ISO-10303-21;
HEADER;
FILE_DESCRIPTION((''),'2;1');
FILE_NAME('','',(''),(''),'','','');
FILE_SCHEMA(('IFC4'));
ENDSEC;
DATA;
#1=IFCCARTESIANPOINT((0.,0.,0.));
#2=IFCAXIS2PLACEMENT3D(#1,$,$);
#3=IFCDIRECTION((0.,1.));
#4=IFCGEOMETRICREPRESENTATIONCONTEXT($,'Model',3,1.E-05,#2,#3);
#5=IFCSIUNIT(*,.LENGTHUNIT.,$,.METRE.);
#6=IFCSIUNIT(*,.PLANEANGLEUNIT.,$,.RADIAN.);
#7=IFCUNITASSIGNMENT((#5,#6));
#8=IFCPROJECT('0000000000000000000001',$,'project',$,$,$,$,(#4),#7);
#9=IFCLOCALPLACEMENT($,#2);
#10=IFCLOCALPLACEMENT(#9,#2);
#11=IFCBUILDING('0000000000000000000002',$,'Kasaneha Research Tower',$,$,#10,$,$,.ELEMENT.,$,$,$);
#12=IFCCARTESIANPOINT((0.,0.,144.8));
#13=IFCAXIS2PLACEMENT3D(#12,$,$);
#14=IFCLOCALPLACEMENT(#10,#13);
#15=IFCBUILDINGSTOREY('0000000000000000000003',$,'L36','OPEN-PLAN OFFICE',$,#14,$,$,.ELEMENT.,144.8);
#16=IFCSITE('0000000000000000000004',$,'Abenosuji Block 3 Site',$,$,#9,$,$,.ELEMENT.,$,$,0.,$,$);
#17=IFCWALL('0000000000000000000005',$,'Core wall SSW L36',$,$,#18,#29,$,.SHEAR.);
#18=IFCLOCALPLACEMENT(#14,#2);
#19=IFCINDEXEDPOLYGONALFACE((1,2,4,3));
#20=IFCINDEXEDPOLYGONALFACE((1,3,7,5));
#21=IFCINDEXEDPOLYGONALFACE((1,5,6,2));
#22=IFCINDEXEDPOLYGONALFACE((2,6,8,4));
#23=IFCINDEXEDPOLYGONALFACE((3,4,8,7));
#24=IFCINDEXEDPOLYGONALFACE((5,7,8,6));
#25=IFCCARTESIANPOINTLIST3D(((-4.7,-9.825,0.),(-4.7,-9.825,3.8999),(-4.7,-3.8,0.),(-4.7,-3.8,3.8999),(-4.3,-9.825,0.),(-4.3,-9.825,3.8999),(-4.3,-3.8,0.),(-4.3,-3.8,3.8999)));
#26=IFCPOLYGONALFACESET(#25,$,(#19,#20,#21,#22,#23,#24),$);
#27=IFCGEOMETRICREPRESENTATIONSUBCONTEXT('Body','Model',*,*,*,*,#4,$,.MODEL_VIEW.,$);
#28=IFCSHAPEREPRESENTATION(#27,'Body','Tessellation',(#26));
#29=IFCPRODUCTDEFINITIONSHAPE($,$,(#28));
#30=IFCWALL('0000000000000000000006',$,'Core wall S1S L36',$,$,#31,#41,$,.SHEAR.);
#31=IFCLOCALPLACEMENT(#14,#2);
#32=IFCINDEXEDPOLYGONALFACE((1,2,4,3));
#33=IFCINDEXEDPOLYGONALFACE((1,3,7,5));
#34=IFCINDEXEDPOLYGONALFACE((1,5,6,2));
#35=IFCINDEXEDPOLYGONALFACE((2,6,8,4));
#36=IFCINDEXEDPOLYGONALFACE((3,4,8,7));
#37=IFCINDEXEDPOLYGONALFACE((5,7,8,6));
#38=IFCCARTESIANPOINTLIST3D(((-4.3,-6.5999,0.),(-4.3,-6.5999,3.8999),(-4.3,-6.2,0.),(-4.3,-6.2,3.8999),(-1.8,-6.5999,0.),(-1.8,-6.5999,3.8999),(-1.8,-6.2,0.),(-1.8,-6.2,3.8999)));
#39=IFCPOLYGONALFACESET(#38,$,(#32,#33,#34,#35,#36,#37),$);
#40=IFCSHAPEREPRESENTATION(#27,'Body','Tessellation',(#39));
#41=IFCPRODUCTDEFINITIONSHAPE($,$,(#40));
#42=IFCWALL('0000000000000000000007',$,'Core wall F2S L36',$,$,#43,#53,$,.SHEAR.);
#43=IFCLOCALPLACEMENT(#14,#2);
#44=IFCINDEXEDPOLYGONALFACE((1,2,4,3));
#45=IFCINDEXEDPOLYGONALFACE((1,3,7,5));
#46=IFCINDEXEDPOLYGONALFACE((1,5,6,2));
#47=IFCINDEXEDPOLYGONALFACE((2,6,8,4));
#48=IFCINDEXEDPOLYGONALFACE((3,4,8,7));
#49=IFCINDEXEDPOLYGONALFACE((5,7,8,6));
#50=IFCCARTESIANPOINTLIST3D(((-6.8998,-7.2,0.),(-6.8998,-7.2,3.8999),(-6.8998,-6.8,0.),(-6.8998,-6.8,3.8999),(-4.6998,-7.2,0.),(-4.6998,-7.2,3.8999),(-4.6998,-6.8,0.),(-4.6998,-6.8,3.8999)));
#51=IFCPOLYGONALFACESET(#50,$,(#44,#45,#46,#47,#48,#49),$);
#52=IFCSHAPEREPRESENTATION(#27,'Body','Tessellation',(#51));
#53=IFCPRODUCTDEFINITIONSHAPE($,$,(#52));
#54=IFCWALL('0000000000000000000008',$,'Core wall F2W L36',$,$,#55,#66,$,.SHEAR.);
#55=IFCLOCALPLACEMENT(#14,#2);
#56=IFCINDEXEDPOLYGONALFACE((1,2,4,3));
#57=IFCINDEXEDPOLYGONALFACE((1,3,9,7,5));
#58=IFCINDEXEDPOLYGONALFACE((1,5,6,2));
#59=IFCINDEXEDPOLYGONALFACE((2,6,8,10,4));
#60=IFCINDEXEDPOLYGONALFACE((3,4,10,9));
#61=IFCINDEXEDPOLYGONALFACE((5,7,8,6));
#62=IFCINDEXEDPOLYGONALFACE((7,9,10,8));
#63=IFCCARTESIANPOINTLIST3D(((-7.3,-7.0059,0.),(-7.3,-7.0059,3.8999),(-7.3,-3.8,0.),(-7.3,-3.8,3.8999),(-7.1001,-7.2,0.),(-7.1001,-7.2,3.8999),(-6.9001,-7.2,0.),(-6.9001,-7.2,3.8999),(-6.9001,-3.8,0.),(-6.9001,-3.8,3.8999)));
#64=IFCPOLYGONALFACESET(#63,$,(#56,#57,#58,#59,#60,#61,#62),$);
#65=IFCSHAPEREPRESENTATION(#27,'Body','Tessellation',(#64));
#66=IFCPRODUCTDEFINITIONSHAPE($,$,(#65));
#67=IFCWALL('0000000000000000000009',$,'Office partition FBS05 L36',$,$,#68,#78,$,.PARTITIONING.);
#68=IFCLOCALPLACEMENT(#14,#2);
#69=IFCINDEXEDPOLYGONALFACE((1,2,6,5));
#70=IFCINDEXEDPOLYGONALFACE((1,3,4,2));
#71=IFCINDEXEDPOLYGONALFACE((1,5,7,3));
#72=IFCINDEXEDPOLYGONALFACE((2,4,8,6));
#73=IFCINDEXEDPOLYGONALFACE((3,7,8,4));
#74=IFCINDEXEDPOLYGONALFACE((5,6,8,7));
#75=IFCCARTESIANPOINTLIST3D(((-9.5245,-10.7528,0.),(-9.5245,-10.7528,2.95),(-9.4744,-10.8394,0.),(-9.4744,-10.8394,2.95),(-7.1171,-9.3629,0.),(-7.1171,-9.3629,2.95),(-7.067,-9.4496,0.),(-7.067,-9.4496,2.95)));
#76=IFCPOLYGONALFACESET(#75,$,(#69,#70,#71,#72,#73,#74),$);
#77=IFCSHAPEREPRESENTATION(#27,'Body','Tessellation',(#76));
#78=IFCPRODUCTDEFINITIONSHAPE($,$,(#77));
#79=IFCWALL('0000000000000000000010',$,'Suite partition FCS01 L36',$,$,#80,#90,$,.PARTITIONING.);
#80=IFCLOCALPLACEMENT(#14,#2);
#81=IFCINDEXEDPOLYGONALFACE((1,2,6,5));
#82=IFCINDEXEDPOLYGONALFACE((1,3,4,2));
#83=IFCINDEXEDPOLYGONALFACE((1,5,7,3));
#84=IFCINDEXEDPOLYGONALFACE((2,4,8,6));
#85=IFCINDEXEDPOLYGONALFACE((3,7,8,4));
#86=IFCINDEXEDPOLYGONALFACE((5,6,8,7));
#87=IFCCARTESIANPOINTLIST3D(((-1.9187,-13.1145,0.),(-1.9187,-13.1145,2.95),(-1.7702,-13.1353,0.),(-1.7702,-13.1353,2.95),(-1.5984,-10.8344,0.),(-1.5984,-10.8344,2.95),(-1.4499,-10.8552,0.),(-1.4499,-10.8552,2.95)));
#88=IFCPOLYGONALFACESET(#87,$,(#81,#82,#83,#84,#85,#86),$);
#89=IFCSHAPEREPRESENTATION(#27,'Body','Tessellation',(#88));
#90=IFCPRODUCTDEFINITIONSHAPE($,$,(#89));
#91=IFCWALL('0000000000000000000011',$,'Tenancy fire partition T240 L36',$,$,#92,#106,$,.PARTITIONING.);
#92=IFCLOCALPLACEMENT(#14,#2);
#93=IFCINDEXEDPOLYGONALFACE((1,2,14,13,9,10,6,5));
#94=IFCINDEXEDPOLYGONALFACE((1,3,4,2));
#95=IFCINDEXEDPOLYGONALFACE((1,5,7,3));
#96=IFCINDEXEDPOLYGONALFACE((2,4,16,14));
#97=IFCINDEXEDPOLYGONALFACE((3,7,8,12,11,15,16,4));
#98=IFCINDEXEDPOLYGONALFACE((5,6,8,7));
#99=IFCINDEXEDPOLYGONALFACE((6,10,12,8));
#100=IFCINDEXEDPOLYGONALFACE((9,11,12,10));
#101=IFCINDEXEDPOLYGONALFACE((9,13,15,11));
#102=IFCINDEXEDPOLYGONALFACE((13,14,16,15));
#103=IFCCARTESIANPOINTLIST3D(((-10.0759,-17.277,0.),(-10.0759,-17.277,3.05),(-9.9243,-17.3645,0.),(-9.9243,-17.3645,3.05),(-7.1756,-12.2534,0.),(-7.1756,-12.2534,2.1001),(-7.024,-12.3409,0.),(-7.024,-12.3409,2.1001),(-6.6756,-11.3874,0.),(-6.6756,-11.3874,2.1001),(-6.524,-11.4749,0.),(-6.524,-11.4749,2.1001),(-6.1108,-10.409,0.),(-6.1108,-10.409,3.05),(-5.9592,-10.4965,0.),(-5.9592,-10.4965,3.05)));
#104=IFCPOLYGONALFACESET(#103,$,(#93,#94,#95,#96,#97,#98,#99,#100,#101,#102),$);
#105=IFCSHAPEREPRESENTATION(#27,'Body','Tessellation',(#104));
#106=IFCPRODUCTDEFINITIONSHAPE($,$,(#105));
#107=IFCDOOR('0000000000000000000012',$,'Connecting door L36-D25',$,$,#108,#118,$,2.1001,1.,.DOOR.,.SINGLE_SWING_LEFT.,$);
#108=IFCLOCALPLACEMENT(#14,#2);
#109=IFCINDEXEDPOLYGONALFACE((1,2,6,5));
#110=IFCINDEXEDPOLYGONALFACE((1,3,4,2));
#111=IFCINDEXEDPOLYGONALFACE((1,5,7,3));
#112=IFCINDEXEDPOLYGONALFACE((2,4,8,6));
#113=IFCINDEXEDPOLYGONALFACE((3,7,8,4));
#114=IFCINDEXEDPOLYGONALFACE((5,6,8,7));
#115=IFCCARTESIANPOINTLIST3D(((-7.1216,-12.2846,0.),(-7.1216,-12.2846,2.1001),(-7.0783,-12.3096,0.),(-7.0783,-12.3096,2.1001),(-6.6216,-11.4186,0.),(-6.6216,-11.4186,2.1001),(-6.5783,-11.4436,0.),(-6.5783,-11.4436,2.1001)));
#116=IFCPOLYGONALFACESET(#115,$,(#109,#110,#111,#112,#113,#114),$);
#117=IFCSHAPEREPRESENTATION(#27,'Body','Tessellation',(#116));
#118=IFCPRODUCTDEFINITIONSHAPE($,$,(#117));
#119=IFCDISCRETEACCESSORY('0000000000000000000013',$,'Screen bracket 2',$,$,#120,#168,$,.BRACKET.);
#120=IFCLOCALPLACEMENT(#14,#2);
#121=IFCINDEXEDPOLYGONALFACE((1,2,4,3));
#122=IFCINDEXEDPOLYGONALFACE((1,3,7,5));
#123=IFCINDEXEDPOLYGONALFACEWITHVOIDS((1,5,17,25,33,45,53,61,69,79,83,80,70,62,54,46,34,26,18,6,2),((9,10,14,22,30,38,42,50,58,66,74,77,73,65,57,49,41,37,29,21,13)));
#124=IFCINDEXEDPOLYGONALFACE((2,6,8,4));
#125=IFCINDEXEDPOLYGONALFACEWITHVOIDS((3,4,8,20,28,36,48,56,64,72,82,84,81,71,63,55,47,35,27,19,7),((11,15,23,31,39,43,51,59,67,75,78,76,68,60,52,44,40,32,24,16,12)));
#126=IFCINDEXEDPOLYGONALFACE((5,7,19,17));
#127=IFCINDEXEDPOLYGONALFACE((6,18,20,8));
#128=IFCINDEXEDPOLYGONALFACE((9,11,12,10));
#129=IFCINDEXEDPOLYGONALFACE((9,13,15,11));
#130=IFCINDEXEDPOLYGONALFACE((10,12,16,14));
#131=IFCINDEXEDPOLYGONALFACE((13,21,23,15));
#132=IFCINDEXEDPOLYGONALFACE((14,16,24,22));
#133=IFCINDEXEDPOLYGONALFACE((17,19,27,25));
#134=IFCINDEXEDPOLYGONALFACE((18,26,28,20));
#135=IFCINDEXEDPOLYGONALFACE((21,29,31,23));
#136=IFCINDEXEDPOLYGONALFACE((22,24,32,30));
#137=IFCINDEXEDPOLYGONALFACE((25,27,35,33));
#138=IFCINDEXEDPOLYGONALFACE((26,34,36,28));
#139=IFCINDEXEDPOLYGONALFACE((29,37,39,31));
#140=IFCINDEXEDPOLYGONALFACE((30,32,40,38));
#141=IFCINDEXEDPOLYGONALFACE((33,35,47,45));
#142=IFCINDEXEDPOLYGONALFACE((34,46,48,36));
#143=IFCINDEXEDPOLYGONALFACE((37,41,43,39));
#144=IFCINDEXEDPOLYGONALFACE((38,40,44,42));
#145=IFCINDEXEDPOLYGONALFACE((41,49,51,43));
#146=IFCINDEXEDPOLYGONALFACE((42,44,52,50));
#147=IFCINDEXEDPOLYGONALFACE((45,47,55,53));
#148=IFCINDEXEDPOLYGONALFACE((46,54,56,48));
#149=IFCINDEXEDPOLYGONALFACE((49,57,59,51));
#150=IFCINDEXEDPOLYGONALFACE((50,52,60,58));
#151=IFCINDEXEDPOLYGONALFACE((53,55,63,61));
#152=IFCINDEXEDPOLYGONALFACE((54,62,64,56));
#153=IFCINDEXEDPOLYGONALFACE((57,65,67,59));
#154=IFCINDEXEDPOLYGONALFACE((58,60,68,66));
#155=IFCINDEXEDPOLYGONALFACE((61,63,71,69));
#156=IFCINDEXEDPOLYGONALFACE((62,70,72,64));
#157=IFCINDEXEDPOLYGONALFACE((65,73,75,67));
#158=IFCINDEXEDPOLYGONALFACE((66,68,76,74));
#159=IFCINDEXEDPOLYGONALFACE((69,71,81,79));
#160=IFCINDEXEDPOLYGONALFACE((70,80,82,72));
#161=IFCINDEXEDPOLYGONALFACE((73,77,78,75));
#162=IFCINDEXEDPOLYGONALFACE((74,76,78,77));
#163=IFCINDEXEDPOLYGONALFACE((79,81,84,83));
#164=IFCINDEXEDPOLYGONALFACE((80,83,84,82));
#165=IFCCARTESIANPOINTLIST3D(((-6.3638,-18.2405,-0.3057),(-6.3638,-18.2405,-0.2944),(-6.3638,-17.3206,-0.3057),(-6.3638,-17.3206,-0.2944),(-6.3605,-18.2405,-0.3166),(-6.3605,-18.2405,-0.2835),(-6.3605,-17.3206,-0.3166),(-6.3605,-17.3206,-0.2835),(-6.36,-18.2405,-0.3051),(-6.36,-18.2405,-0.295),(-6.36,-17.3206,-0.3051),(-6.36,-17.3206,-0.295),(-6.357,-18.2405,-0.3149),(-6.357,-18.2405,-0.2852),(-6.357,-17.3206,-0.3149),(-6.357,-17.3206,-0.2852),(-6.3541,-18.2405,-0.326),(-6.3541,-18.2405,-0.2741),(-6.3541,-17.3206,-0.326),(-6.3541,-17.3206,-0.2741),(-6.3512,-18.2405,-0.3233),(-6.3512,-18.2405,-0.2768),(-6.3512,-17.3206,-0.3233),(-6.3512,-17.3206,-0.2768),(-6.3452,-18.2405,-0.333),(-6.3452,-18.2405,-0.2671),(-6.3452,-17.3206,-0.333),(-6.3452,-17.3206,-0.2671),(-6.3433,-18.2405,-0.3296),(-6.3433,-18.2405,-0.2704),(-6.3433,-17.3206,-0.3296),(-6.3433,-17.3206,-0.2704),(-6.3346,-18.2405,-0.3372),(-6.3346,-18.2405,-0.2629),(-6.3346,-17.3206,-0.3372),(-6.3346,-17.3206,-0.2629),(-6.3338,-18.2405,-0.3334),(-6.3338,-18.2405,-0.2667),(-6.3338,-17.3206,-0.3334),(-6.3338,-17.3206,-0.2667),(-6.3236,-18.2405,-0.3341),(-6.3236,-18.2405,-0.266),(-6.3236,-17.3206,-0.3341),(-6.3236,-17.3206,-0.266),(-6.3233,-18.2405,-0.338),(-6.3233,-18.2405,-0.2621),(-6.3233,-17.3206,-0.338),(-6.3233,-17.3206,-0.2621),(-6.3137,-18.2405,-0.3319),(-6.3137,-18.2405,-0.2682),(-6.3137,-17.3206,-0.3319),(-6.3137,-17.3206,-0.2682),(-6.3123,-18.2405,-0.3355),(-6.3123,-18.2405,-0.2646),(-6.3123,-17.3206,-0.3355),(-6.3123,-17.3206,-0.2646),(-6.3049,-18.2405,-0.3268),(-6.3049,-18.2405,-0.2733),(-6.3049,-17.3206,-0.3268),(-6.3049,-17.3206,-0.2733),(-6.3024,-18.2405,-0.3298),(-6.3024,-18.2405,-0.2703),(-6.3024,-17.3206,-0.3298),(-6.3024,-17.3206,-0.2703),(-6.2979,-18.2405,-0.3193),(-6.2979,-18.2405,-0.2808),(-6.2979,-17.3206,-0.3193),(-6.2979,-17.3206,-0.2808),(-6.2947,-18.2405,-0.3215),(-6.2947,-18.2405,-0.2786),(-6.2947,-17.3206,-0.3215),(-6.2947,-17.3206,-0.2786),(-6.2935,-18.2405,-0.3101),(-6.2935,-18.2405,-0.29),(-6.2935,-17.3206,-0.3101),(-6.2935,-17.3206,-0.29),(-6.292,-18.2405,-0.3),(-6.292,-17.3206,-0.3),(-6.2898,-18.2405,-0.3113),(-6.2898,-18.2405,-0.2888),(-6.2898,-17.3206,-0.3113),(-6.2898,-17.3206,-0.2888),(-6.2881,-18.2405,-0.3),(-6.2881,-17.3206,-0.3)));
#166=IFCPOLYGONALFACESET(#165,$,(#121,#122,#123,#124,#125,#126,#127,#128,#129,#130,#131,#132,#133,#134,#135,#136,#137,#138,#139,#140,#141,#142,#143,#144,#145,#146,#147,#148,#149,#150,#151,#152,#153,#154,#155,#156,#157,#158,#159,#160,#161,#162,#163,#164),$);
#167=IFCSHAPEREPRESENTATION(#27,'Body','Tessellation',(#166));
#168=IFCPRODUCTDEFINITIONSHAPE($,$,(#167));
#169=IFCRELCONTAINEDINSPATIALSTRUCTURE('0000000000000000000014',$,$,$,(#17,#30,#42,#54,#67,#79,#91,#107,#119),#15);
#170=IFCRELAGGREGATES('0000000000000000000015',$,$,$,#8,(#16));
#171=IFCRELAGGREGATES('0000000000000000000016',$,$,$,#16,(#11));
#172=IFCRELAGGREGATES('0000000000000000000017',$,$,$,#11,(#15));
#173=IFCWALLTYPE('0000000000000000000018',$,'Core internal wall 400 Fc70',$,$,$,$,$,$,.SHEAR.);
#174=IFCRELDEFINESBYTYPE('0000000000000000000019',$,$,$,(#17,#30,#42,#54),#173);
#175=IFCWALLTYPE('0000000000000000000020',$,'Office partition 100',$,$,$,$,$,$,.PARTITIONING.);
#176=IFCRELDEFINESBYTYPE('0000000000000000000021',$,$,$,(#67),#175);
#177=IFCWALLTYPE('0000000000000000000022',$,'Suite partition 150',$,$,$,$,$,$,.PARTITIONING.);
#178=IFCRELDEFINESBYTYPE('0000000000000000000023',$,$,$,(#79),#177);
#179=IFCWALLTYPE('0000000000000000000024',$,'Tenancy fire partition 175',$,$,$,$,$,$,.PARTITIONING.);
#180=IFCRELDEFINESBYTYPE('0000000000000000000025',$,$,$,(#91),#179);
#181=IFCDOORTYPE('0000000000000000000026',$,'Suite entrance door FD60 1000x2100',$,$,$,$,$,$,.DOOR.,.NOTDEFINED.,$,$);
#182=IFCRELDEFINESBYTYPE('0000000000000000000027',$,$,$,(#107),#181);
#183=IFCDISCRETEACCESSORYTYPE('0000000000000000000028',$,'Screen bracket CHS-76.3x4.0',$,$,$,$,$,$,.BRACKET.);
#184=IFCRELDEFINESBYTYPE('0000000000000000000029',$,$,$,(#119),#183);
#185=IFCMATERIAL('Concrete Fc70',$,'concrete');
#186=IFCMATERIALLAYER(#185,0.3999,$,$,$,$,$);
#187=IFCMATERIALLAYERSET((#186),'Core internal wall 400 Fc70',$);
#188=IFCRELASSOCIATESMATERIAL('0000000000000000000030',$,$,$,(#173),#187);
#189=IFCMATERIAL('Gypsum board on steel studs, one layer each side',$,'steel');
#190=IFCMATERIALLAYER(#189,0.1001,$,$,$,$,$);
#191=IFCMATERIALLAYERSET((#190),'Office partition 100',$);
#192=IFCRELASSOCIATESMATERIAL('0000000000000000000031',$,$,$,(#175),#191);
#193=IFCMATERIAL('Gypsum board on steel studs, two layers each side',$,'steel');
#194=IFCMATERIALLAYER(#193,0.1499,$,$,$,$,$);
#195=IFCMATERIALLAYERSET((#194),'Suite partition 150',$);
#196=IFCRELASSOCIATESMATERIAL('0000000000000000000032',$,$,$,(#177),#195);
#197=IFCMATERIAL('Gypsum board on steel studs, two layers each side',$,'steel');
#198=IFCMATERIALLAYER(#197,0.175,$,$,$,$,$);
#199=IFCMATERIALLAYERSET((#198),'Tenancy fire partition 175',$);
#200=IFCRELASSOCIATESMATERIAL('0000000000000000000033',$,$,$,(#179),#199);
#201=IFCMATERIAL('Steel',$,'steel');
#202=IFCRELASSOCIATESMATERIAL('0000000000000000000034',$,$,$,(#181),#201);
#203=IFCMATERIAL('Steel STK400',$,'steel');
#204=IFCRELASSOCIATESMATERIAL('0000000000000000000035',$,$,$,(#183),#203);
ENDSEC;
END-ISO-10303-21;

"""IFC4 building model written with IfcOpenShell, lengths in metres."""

from ifc_helpers import new_model, si_unit, direction, frame, frame_2d, origin, origin_2d, place, context, subcontext, project, spatial, polyline, rectangle, hollow_circle, outline, extrude, material, layer, layer_set, material_profile, profile_set, type_object, element, fill, save


model = new_model("IFC4")

# Units and contexts
model_context = context("Model", 3, precision=1e-05, world=origin(), true_north=direction((0.0, 1.0)))
body_context = subcontext(model_context, "Body", "Model", "MODEL_VIEW")
ifc_project = project(units=[si_unit("LENGTHUNIT", "METRE"), si_unit("PLANEANGLEUNIT", "RADIAN")], contexts=[model_context])

# Site, building, storey
site_placement = place(None, origin())
site = spatial("IfcSite", under=ifc_project, at=site_placement, Name="Abenosuji Block 3 Site", CompositionType="ELEMENT", RefElevation=0.0)
building_placement = place(site_placement, origin())
building = spatial("IfcBuilding", under=site, at=building_placement, Name="Kasaneha Research Tower", CompositionType="ELEMENT")
storey_placement = place(building_placement, frame((0.0, 0.0, 144.8)))
storey = spatial("IfcBuildingStorey", under=building, at=storey_placement, Name="L36", Description="OPEN-PLAN OFFICE", CompositionType="ELEMENT", Elevation=144.8)

# Shared definitions
ifc_material_1 = material(Name="Concrete Fc70", Category="concrete")
ifc_layer_1 = layer(ifc_material_1, 0.3999)
ifc_layer_set_1 = layer_set([ifc_layer_1], Name="Core internal wall 400 Fc70")
wall_type_1 = type_object("IfcWallType", Name="Core internal wall 400 Fc70", PredefinedType="SHEAR", material=ifc_layer_set_1)

# Walls
wall_1_placement = place(storey_placement, frame((-4.5, -3.8, 0.0), z_axis=(0.0, 0.0, 1.0), x_axis=(0.0, -1.0, 0.0)))
element("IfcWall", 1, at=wall_1_placement, inside=storey, type_object=wall_type_1, Name="Core wall SSW L36", PredefinedType="SHEAR", context=body_context, shape_type="SweptSolid", body=[
    extrude(rectangle(XDim=6.0249, YDim=0.3999, at=frame_2d((3.0125, 0.0))), origin(), (0.0, 0.0, 1.0), 3.8999),
])
wall_2_placement = place(storey_placement, frame((-4.3, -6.3999, 0.0), z_axis=(0.0, 0.0, 1.0), x_axis=(1.0, 0.0, 0.0)))
element("IfcWall", 2, at=wall_2_placement, inside=storey, type_object=wall_type_1, Name="Core wall S1S L36", PredefinedType="SHEAR", context=body_context, shape_type="SweptSolid", body=[
    extrude(rectangle(XDim=2.5, YDim=0.3999, at=frame_2d((1.25, 0.0))), origin(), (0.0, 0.0, 1.0), 3.8999),
])
wall_3_placement = place(storey_placement, frame((-6.8999, -7.0, 0.0), z_axis=(0.0, 0.0, 1.0), x_axis=(1.0, 0.0, 0.0)))
element("IfcWall", 3, at=wall_3_placement, inside=storey, type_object=wall_type_1, Name="Core wall F2S L36", PredefinedType="SHEAR", context=body_context, shape_type="SweptSolid", body=[
    extrude(rectangle(XDim=2.2, YDim=0.3999, at=frame_2d((1.1001, 0.0))), origin(), (0.0, 0.0, 1.0), 3.8999),
])
wall_4_placement = place(storey_placement, frame((-7.1001, -3.8, 0.0), z_axis=(0.0, 0.0, 1.0), x_axis=(0.0, -1.0, 0.0)))
element("IfcWall", 4, at=wall_4_placement, inside=storey, type_object=wall_type_1, Name="Core wall F2W L36", PredefinedType="SHEAR", context=body_context, shape_type="SweptSolid", body=[
    extrude(outline(polyline([(0.0, -0.2), (3.2058, -0.2), (3.3999, 0.0), (3.3999, 0.2), (0.0, 0.2), (0.0, -0.2)])), origin(), (0.0, 0.0, 1.0), 3.8999),
])

# Walls
ifc_material_2 = material(Name="Gypsum board on steel studs, one layer each side", Category="steel")
ifc_layer_2 = layer(ifc_material_2, 0.1001)
ifc_layer_set_2 = layer_set([ifc_layer_2], Name="Office partition 100")
wall_type_2 = type_object("IfcWallType", Name="Office partition 100", PredefinedType="PARTITIONING", material=ifc_layer_set_2)
wall_5_placement = place(storey_placement, frame((-7.092, -9.4062, 0.0), z_axis=(0.0, 0.0, 1.0), x_axis=(-0.866035, -0.499983, 0.0)))
element("IfcWall", 5, at=wall_5_placement, inside=storey, type_object=wall_type_2, Name="Office partition FBS05 L36", PredefinedType="PARTITIONING", context=body_context, shape_type="SweptSolid", body=[
    extrude(rectangle(XDim=2.7798, YDim=0.1001, at=frame_2d((1.3899, 0.0))), origin(), (0.0, 0.0, 1.0), 2.95),
])
ifc_material_3 = material(Name="Gypsum board on steel studs, two layers each side", Category="steel")
ifc_layer_3 = layer(ifc_material_3, 0.1499)
ifc_layer_set_3 = layer_set([ifc_layer_3], Name="Suite partition 150")
wall_type_3 = type_object("IfcWallType", Name="Suite partition 150", PredefinedType="PARTITIONING", material=ifc_layer_set_3)
wall_6_placement = place(storey_placement, frame((-1.8445, -13.125, 0.0), z_axis=(0.0, 0.0, 1.0), x_axis=(0.13912, 0.990276, 0.0)))
element("IfcWall", 6, at=wall_6_placement, inside=storey, type_object=wall_type_3, Name="Suite partition FCS01 L36", PredefinedType="PARTITIONING", context=body_context, shape_type="SweptSolid", body=[
    extrude(rectangle(XDim=2.3025, YDim=0.1499, at=frame_2d((1.1514, 0.0))), origin(), (0.0, 0.0, 1.0), 2.95),
])

# Wall, opening, door
ifc_material_4 = material(Name="Gypsum board on steel studs, two layers each side", Category="steel")
ifc_layer_4 = layer(ifc_material_4, 0.175)
ifc_layer_set_4 = layer_set([ifc_layer_4], Name="Tenancy fire partition 175")
wall_type_4 = type_object("IfcWallType", Name="Tenancy fire partition 175", PredefinedType="PARTITIONING", material=ifc_layer_set_4)
wall_7_placement = place(storey_placement, frame((-6.0349, -10.4526, 0.0), z_axis=(0.0, 0.0, 1.0), x_axis=(-0.49999, -0.866031, 0.0)))
wall_7 = element("IfcWall", 7, at=wall_7_placement, inside=storey, type_object=wall_type_4, Name="Tenancy fire partition T240 L36", PredefinedType="PARTITIONING", context=body_context, shape_type="SweptSolid", body=[
    extrude(rectangle(XDim=7.9304, YDim=0.175, at=frame_2d((3.9653, 0.0))), origin(), (0.0, 0.0, 1.0), 3.05),
])
opening_1_placement = place(wall_7_placement, frame((1.1299, 0.0, 0.0)))
opening_1 = element("IfcOpeningElement", 8, at=opening_1_placement, cuts=wall_7, PredefinedType="OPENING", context=body_context, shape_type="SweptSolid", body=[
    extrude(rectangle(XDim=1.0, YDim=2.1001, at=frame_2d((0.5, 1.05))), frame((0.0, 0.0977, 0.0), z_axis=(0.0, -1.0, 0.0), x_axis=(1.0, 0.0, 0.0)), (0.0, 0.0, 1.0), 0.1951),
])
ifc_material_5 = material(Name="Steel", Category="steel")
door_type_1 = type_object("IfcDoorType", Name="Suite entrance door FD60 1000x2100", OperationType="NOTDEFINED", PredefinedType="DOOR", material=ifc_material_5)
door_1_placement = place(opening_1_placement, origin())
door_1 = element("IfcDoor", 9, at=door_1_placement, inside=storey, type_object=door_type_1, Name="Connecting door L36-D25", OperationType="SINGLE_SWING_LEFT", OverallHeight=2.1001, OverallWidth=1.0, PredefinedType="DOOR", context=body_context, shape_type="SweptSolid", body=[
    extrude(rectangle(XDim=1.0, YDim=2.1001, at=frame_2d((0.5, 1.05))), frame((0.0, 0.0249, 0.0), z_axis=(0.0, -1.0, 0.0), x_axis=(1.0, 0.0, 0.0)), (0.0, 0.0, 1.0), 0.05),
])
fill(opening_1, door_1)

# Discrete accessory
ifc_material_6 = material(Name="Steel STK400", Category="steel")
ifc_material_profile_1 = material_profile(ifc_material_6, hollow_circle(Radius=0.0381, WallThickness=0.0039, at=origin_2d()), Name="CHS-76.3x4.0")
ifc_profile_set_1 = profile_set([ifc_material_profile_1], Name="Steel STK400")
discrete_accessory_type = type_object("IfcDiscreteAccessoryType", Name="Screen bracket CHS-76.3x4.0", PredefinedType="BRACKET", material=ifc_profile_set_1)
for number, where, z_axis, x_axis, name in (
    (10, (-6.3262, -17.3206, -0.3), (0.0, -1.0, 0.0), (1.0, 0.0, 0.0), "Screen bracket 2"),
):
    element("IfcDiscreteAccessory", number, at=place(storey_placement, frame(where, z_axis=z_axis, x_axis=x_axis)), inside=storey, type_object=discrete_accessory_type, Name=name, PredefinedType="BRACKET", context=body_context, shape_type="SweptSolid", body=[
        extrude(hollow_circle(Radius=0.0381, WallThickness=0.0039, at=origin_2d()), origin(), (0.0, 0.0, 1.0), 0.9199),
    ])

save(model, "model.ifc")
